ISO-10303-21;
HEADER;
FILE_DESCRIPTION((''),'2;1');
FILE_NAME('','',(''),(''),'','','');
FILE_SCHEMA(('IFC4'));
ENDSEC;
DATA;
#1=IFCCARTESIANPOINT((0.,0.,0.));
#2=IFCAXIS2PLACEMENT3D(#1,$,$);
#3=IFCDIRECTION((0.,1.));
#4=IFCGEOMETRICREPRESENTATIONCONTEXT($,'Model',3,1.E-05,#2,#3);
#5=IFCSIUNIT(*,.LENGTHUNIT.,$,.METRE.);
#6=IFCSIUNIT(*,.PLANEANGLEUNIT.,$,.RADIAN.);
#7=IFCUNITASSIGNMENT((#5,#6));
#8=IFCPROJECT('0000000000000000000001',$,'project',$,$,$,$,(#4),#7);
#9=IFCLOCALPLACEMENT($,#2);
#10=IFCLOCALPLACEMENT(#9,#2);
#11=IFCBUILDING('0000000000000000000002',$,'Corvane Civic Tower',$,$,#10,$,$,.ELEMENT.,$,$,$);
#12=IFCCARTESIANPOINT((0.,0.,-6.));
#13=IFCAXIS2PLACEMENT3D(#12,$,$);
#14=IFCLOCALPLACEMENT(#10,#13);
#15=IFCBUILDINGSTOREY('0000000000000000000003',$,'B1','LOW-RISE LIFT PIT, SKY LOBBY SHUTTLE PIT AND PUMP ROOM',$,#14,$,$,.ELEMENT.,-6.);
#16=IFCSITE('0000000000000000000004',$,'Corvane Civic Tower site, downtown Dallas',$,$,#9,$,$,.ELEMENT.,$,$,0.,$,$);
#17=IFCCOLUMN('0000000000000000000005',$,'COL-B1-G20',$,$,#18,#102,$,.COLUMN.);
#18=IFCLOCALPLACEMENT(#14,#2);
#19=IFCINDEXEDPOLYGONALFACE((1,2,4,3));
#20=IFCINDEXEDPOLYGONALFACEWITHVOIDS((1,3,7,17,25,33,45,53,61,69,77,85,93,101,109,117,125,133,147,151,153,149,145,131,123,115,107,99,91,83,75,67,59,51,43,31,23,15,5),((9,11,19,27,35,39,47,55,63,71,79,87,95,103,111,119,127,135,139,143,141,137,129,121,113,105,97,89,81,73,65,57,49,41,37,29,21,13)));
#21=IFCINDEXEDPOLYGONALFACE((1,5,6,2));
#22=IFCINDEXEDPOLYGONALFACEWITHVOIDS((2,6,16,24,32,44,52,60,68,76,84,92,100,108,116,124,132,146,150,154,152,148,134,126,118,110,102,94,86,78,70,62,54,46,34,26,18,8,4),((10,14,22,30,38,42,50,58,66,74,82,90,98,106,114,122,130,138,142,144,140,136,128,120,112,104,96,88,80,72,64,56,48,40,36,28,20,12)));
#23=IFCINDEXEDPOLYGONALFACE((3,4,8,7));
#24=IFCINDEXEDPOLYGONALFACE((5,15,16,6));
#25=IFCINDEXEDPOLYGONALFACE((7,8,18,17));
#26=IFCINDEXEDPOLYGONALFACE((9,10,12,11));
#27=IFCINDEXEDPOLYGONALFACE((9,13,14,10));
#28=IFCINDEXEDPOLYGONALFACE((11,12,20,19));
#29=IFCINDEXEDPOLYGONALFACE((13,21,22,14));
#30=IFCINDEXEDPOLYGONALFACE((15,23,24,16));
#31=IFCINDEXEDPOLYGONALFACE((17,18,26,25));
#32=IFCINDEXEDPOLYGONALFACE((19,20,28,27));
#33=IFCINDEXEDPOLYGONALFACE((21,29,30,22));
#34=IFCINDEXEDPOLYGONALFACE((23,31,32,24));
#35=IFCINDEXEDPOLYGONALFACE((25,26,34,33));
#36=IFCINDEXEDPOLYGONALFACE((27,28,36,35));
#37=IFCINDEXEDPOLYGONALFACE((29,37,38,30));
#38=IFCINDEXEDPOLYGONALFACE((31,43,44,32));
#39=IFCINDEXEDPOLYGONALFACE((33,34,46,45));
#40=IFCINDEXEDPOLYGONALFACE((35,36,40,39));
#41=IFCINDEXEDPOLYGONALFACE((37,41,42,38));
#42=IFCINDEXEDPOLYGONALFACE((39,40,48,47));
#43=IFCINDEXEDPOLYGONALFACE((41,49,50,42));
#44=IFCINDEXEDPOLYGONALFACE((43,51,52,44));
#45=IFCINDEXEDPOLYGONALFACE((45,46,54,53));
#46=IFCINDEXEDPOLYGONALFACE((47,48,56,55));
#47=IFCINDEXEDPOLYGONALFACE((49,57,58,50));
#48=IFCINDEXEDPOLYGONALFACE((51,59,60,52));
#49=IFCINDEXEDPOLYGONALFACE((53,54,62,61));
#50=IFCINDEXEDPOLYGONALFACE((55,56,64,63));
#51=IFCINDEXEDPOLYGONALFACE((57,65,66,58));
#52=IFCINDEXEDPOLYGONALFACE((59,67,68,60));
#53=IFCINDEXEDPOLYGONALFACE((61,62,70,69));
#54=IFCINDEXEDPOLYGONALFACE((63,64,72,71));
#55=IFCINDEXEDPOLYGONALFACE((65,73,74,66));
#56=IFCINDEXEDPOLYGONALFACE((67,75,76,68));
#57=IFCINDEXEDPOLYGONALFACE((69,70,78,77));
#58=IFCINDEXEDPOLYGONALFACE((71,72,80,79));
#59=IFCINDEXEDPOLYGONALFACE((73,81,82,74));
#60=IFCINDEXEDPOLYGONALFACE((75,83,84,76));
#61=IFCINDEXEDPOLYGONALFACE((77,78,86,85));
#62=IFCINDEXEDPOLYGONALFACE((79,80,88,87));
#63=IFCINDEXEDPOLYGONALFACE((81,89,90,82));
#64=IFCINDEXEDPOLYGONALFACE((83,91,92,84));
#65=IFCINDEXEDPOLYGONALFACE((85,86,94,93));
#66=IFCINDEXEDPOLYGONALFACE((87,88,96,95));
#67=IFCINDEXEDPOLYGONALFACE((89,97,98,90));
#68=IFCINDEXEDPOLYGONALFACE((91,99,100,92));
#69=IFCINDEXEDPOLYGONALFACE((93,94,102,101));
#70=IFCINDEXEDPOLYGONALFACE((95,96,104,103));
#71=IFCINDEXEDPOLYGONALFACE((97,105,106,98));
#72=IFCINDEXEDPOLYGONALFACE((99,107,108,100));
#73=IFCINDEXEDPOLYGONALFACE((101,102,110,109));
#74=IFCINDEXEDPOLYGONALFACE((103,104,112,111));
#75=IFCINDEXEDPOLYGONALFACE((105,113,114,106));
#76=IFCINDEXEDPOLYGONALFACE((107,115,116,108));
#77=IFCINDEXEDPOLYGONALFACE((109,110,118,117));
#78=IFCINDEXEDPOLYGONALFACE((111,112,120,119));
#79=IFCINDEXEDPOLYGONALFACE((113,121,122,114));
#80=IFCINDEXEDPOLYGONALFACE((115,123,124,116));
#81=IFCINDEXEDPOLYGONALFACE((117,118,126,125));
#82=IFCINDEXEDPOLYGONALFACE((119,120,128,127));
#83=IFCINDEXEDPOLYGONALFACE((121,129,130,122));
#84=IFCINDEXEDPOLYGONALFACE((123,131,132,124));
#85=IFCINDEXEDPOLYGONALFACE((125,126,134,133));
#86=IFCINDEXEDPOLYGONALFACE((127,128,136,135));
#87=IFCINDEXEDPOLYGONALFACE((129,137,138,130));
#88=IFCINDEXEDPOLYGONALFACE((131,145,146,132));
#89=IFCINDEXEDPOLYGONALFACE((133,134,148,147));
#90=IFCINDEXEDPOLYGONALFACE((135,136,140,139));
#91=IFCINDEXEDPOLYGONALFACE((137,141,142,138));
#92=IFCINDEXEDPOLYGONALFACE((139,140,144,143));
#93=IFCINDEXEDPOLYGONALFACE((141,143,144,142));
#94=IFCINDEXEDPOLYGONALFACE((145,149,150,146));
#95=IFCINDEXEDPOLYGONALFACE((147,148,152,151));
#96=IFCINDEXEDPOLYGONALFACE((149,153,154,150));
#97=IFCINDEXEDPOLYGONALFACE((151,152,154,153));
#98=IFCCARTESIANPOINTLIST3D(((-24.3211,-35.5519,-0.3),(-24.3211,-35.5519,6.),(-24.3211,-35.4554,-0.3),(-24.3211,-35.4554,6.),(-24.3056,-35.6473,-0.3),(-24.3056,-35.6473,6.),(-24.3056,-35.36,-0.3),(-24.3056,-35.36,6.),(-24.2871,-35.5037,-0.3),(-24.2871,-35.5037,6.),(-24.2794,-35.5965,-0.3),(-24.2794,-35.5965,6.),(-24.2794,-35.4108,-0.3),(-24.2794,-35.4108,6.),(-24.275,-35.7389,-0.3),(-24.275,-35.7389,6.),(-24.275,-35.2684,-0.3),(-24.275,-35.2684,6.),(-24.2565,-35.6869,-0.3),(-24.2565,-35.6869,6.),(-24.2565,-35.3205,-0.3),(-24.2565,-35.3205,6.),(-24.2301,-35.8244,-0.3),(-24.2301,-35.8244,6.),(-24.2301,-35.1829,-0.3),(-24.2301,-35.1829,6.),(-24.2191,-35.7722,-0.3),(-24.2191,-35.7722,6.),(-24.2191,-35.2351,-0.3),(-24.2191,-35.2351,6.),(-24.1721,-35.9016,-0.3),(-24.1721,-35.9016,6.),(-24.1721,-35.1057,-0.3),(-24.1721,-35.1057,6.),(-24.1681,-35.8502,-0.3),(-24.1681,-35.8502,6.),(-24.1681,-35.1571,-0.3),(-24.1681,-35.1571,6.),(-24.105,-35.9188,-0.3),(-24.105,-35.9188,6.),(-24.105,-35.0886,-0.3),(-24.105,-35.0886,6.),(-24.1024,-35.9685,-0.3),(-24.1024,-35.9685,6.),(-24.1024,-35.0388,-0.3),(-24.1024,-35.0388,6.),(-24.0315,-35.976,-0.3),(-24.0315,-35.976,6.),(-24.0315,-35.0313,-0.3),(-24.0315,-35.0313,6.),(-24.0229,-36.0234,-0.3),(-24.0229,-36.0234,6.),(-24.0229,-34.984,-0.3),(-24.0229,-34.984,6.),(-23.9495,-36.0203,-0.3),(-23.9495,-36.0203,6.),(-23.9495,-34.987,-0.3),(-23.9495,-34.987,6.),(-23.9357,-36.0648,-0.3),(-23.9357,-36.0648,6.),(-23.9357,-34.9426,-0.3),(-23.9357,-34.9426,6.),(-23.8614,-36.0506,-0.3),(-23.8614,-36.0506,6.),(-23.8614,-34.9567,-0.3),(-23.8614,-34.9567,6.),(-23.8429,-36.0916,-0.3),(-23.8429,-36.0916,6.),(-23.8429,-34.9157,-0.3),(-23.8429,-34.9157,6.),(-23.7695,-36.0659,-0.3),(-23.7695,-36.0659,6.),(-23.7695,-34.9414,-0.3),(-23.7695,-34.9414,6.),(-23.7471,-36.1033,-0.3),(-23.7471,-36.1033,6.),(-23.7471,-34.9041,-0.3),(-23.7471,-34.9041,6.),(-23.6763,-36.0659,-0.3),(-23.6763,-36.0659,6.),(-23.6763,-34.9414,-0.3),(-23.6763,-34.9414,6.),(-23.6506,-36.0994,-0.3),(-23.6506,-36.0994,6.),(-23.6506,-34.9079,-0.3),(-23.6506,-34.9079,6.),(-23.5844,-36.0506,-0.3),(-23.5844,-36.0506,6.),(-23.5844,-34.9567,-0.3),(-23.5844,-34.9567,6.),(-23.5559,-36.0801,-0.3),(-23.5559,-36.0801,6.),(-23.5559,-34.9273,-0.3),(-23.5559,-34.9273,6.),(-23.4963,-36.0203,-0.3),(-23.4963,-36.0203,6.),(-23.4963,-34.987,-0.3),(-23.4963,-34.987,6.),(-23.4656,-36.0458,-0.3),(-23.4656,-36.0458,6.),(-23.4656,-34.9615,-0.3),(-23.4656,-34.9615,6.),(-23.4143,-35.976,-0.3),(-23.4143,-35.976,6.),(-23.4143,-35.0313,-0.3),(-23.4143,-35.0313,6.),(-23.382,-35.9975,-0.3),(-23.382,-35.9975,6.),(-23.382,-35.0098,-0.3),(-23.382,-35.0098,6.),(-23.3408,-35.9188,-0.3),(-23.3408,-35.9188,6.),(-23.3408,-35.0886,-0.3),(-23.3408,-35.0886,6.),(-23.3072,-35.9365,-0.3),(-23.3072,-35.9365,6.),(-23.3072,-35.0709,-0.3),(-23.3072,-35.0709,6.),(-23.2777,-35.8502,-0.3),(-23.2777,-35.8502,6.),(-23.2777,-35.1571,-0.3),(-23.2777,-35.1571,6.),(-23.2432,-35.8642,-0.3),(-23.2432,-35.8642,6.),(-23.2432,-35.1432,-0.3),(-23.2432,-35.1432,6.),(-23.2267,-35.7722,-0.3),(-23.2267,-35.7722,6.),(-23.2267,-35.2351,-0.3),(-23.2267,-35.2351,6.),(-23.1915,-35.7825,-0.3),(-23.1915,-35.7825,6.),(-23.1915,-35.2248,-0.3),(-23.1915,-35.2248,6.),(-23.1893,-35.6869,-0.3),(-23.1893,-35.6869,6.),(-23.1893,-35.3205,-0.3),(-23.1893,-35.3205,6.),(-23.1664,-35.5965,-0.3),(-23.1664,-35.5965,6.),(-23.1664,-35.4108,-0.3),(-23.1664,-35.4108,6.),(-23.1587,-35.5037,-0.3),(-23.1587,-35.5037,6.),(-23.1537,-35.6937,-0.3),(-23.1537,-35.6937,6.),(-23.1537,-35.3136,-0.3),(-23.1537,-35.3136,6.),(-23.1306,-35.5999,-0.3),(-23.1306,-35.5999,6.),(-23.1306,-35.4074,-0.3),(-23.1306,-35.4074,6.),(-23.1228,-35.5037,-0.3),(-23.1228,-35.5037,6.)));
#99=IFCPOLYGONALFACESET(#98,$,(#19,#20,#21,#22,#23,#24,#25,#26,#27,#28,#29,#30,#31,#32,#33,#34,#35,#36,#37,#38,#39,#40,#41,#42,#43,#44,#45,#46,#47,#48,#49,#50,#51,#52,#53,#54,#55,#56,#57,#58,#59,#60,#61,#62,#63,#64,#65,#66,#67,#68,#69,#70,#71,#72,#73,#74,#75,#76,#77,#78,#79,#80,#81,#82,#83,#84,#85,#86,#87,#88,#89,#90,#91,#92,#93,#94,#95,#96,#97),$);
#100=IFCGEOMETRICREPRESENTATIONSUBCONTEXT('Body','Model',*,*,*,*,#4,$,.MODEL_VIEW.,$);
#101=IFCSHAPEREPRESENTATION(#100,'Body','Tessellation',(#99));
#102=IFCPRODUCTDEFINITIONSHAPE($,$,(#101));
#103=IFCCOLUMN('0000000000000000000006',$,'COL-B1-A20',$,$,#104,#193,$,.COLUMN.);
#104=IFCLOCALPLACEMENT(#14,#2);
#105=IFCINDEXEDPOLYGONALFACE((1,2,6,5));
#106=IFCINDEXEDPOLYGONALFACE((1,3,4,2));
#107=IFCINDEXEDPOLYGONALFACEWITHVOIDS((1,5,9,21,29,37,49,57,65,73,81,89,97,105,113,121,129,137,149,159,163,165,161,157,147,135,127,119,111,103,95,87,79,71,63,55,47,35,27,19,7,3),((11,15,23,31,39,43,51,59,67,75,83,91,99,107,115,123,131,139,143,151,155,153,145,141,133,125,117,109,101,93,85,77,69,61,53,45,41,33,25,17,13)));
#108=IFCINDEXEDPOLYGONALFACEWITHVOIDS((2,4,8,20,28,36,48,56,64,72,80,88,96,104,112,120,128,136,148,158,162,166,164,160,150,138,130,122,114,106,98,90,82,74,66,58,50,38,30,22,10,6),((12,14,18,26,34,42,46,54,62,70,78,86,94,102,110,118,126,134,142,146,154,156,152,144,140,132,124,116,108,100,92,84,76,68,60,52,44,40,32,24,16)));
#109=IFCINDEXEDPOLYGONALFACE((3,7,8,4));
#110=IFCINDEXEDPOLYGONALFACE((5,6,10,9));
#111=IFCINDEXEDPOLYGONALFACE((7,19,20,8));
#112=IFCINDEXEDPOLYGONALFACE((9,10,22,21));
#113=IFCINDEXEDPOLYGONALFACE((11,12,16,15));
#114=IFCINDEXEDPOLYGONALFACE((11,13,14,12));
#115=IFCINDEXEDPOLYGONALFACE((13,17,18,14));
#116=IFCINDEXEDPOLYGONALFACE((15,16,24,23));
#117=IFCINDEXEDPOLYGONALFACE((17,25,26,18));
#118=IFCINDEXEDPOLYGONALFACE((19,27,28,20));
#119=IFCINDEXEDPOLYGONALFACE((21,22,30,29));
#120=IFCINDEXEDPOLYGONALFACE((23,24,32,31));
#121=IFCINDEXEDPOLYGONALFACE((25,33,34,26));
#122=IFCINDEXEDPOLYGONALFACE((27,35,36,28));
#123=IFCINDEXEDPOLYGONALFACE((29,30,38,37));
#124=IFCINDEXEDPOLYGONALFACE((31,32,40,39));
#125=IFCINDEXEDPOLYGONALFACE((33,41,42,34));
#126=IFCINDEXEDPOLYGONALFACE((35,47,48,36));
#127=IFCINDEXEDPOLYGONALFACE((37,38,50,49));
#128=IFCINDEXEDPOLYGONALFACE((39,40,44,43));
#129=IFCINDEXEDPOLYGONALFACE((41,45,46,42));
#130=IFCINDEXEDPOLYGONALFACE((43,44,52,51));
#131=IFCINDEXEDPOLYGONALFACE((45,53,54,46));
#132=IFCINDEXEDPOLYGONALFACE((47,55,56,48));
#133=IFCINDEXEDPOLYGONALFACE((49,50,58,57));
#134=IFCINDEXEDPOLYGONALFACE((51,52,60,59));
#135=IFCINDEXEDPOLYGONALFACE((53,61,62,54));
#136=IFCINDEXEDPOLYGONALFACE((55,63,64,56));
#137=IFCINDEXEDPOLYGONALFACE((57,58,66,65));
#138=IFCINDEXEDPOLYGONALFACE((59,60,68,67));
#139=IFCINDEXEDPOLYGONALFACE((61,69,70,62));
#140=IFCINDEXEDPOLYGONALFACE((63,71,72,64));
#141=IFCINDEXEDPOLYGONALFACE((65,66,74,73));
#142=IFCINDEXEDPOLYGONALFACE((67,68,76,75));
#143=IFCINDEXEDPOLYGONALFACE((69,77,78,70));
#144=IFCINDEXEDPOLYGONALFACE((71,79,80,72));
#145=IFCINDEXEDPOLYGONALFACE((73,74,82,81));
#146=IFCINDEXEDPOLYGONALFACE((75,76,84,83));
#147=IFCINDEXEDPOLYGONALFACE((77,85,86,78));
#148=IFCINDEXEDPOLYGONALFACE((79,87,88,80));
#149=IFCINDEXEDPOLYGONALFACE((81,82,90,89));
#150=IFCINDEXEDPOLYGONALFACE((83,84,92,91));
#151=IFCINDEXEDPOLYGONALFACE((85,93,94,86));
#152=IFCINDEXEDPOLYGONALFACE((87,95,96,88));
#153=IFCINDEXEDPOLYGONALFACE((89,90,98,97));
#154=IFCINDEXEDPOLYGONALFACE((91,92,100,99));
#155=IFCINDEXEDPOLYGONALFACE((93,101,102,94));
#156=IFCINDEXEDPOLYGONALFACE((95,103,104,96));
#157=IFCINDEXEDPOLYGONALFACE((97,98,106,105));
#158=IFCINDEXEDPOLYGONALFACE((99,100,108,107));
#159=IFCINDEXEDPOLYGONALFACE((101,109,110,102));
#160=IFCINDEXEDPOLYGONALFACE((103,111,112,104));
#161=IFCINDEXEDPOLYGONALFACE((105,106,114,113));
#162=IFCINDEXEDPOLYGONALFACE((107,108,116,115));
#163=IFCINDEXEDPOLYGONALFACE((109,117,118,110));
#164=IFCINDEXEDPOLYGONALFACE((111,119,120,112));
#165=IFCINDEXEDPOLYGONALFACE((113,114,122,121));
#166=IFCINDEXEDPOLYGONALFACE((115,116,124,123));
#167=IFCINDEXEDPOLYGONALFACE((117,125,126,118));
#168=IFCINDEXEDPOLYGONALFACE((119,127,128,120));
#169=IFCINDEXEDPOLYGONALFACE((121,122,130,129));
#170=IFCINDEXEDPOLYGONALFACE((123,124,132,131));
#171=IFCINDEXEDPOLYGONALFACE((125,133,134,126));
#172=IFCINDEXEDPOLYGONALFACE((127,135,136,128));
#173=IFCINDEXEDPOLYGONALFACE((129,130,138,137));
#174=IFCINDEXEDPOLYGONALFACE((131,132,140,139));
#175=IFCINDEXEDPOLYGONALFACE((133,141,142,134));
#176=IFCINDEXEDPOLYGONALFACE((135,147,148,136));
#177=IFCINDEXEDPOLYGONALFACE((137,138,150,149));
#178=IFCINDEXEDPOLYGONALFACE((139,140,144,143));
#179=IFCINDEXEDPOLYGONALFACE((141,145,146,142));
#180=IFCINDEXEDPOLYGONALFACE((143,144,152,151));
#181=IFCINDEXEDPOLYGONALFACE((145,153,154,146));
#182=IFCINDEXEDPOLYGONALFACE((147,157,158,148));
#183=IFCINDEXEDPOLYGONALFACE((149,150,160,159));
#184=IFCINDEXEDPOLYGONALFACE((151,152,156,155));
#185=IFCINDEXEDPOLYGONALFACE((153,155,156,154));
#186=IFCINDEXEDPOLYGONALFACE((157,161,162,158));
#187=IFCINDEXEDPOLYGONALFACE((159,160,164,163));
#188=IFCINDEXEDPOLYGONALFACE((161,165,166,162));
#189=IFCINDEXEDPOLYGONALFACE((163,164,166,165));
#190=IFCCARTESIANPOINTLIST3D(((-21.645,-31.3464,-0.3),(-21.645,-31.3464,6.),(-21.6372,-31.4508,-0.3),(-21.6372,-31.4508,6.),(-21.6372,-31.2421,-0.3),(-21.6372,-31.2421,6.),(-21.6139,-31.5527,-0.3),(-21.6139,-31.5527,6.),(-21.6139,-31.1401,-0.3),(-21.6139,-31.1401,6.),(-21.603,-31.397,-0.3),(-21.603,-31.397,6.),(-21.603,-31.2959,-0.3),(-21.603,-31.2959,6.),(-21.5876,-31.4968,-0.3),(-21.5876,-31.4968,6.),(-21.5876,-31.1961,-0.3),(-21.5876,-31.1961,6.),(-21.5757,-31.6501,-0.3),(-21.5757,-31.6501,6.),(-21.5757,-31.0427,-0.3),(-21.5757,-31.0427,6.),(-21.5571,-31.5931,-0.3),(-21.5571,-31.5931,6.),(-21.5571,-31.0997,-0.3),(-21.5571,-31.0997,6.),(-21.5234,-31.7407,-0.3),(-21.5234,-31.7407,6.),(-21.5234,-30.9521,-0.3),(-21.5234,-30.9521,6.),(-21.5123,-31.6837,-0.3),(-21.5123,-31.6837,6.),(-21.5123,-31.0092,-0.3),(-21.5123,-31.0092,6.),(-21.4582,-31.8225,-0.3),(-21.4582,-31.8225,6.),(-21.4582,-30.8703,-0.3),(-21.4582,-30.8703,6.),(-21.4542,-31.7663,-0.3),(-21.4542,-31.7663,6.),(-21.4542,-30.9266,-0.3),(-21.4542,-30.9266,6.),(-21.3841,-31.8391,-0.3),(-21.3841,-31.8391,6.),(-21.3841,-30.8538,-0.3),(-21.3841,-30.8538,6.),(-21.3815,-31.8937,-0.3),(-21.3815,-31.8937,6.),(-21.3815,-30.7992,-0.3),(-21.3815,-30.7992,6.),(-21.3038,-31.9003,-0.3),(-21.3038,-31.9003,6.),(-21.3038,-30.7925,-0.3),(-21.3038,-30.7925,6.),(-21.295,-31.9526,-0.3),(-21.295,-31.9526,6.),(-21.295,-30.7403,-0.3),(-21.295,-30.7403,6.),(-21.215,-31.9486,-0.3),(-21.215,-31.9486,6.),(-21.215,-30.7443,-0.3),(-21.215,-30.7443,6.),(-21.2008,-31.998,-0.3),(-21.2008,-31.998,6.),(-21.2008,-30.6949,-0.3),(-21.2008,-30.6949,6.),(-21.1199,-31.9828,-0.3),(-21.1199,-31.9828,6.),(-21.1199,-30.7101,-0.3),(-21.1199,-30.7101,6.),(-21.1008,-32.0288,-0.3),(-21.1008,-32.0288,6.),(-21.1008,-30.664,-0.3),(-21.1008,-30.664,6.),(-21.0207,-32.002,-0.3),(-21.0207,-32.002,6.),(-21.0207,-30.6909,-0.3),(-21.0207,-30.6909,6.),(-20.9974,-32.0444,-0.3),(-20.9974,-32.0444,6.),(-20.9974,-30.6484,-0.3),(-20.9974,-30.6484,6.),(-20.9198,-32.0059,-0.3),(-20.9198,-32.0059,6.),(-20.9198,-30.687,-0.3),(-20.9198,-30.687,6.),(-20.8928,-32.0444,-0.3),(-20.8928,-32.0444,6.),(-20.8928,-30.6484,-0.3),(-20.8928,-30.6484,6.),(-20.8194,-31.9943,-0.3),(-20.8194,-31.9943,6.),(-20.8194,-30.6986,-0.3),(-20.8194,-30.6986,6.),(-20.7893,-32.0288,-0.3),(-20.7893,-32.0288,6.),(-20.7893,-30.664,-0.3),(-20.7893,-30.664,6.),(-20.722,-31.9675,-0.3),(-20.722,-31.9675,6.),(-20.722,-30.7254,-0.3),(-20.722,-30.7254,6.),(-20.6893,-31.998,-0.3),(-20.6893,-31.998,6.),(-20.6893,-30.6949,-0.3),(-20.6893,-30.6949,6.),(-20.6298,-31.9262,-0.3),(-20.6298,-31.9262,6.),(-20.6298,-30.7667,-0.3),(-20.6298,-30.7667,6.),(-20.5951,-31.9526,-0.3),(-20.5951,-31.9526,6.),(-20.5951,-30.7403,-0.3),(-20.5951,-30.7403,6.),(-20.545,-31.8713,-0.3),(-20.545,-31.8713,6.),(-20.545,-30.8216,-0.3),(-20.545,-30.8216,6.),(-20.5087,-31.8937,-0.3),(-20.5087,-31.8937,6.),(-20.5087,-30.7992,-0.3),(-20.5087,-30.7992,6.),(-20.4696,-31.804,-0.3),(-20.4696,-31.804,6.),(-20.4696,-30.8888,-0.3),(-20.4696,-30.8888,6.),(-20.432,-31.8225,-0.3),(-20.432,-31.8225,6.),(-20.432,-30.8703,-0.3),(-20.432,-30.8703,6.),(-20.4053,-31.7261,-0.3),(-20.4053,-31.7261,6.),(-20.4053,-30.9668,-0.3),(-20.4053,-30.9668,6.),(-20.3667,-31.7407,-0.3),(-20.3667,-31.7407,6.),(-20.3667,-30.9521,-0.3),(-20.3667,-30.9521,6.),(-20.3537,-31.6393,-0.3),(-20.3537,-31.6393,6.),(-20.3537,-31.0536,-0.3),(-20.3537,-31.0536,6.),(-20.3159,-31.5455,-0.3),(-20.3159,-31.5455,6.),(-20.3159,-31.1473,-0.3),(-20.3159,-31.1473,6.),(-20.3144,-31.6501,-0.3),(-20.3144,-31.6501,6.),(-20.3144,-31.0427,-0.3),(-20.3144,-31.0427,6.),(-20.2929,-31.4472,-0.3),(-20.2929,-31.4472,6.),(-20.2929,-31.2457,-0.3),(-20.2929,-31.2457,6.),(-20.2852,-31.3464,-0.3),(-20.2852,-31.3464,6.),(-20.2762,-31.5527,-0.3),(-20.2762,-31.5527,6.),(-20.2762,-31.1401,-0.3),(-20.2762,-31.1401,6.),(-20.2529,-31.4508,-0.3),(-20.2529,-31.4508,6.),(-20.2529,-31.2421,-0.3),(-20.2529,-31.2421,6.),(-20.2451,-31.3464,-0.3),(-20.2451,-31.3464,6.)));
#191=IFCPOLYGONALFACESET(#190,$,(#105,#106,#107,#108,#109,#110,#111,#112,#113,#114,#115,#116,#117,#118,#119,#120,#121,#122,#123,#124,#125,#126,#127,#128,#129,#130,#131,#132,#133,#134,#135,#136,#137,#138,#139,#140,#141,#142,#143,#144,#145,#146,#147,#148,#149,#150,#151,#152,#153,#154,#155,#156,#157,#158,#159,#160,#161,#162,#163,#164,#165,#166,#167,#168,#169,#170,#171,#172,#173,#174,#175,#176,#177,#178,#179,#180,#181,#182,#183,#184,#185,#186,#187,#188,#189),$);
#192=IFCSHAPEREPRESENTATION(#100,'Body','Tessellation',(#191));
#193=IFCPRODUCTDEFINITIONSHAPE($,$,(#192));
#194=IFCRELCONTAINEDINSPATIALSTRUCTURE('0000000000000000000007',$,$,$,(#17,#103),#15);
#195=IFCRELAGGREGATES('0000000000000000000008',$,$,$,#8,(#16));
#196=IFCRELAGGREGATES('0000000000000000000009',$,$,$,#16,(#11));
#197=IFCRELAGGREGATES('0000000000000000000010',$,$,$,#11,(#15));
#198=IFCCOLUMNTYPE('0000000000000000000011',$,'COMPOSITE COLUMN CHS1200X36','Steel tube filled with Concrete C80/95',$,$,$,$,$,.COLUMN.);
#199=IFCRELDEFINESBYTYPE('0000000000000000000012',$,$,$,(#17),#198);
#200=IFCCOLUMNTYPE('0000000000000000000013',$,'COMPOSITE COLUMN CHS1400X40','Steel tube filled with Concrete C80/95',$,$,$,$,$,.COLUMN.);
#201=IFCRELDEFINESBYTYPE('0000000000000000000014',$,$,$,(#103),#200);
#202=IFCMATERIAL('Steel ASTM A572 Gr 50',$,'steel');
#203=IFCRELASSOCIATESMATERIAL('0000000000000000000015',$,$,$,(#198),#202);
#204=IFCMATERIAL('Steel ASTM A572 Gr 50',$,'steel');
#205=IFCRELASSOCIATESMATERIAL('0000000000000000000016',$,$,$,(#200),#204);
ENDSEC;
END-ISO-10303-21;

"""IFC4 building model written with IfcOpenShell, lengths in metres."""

from ifc_helpers import new_model, si_unit, direction, frame, origin, origin_2d, place, context, subcontext, project, spatial, hollow_circle, extrude, material, material_profile, profile_set, type_object, element, save


model = new_model("IFC4")

# Units and contexts
model_context = context("Model", 3, precision=1e-05, world=origin(), true_north=direction((0.0, 1.0)))
body_context = subcontext(model_context, "Body", "Model", "MODEL_VIEW")
ifc_project = project(units=[si_unit("LENGTHUNIT", "METRE"), si_unit("PLANEANGLEUNIT", "RADIAN")], contexts=[model_context])

# Site, building, storey
site_placement = place(None, origin())
site = spatial("IfcSite", under=ifc_project, at=site_placement, Name="Corvane Civic Tower site, downtown Dallas", CompositionType="ELEMENT", RefElevation=0.0)
building_placement = place(site_placement, origin())
building = spatial("IfcBuilding", under=site, at=building_placement, Name="Corvane Civic Tower", CompositionType="ELEMENT")
storey_placement = place(building_placement, frame((0.0, 0.0, -6.0)))
storey = spatial("IfcBuildingStorey", under=building, at=storey_placement, Name="B1", Description="LOW-RISE LIFT PIT, SKY LOBBY SHUTTLE PIT AND PUMP ROOM", CompositionType="ELEMENT", Elevation=-6.0)

# Columns
ifc_material_1 = material(Name="Steel ASTM A572 Gr 50", Category="steel")
ifc_material_profile_1 = material_profile(ifc_material_1, hollow_circle(Radius=0.6001, WallThickness=0.0359, at=origin_2d()), Name="CHS1200X36")
ifc_profile_set_1 = profile_set([ifc_material_profile_1], Name="Steel ASTM A572 Gr 50")
column_type_1 = type_object("IfcColumnType", Name="COMPOSITE COLUMN CHS1200X36", Description="Steel tube filled with Concrete C80/95", PredefinedType="COLUMN", material=ifc_profile_set_1)
column_placement = place(storey_placement, frame((-23.7229, -35.5037, -0.3), z_axis=(0.0, 0.0, 1.0), x_axis=(1.0, 0.0, 0.0)))
element("IfcColumn", 1, at=column_placement, inside=storey, type_object=column_type_1, Name="COL-B1-G20", PredefinedType="COLUMN", context=body_context, shape_type="SweptSolid", body=[
    extrude(hollow_circle(Radius=0.6001, WallThickness=0.0359, at=origin_2d()), origin(), (0.0, 0.0, 1.0), 6.3),
])
ifc_material_2 = material(Name="Steel ASTM A572 Gr 50", Category="steel")
ifc_material_profile_2 = material_profile(ifc_material_2, hollow_circle(Radius=0.7, WallThickness=0.04, at=origin_2d()), Name="CHS1400X40")
ifc_profile_set_2 = profile_set([ifc_material_profile_2], Name="Steel ASTM A572 Gr 50")
column_type_2 = type_object("IfcColumnType", Name="COMPOSITE COLUMN CHS1400X40", Description="Steel tube filled with Concrete C80/95", PredefinedType="COLUMN", material=ifc_profile_set_2)
for number, where, z_axis, x_axis, name in (
    (2, (-20.9451, -31.3464, -0.3), (0.0, 0.0, 1.0), (1.0, 0.0, 0.0), "COL-B1-A20"),
):
    element("IfcColumn", number, at=place(storey_placement, frame(where, z_axis=z_axis, x_axis=x_axis)), inside=storey, type_object=column_type_2, Name=name, PredefinedType="COLUMN", context=body_context, shape_type="SweptSolid", body=[
        extrude(hollow_circle(Radius=0.7, WallThickness=0.04, at=origin_2d()), origin(), (0.0, 0.0, 1.0), 6.3),
    ])

save(model, "model.ifc")
